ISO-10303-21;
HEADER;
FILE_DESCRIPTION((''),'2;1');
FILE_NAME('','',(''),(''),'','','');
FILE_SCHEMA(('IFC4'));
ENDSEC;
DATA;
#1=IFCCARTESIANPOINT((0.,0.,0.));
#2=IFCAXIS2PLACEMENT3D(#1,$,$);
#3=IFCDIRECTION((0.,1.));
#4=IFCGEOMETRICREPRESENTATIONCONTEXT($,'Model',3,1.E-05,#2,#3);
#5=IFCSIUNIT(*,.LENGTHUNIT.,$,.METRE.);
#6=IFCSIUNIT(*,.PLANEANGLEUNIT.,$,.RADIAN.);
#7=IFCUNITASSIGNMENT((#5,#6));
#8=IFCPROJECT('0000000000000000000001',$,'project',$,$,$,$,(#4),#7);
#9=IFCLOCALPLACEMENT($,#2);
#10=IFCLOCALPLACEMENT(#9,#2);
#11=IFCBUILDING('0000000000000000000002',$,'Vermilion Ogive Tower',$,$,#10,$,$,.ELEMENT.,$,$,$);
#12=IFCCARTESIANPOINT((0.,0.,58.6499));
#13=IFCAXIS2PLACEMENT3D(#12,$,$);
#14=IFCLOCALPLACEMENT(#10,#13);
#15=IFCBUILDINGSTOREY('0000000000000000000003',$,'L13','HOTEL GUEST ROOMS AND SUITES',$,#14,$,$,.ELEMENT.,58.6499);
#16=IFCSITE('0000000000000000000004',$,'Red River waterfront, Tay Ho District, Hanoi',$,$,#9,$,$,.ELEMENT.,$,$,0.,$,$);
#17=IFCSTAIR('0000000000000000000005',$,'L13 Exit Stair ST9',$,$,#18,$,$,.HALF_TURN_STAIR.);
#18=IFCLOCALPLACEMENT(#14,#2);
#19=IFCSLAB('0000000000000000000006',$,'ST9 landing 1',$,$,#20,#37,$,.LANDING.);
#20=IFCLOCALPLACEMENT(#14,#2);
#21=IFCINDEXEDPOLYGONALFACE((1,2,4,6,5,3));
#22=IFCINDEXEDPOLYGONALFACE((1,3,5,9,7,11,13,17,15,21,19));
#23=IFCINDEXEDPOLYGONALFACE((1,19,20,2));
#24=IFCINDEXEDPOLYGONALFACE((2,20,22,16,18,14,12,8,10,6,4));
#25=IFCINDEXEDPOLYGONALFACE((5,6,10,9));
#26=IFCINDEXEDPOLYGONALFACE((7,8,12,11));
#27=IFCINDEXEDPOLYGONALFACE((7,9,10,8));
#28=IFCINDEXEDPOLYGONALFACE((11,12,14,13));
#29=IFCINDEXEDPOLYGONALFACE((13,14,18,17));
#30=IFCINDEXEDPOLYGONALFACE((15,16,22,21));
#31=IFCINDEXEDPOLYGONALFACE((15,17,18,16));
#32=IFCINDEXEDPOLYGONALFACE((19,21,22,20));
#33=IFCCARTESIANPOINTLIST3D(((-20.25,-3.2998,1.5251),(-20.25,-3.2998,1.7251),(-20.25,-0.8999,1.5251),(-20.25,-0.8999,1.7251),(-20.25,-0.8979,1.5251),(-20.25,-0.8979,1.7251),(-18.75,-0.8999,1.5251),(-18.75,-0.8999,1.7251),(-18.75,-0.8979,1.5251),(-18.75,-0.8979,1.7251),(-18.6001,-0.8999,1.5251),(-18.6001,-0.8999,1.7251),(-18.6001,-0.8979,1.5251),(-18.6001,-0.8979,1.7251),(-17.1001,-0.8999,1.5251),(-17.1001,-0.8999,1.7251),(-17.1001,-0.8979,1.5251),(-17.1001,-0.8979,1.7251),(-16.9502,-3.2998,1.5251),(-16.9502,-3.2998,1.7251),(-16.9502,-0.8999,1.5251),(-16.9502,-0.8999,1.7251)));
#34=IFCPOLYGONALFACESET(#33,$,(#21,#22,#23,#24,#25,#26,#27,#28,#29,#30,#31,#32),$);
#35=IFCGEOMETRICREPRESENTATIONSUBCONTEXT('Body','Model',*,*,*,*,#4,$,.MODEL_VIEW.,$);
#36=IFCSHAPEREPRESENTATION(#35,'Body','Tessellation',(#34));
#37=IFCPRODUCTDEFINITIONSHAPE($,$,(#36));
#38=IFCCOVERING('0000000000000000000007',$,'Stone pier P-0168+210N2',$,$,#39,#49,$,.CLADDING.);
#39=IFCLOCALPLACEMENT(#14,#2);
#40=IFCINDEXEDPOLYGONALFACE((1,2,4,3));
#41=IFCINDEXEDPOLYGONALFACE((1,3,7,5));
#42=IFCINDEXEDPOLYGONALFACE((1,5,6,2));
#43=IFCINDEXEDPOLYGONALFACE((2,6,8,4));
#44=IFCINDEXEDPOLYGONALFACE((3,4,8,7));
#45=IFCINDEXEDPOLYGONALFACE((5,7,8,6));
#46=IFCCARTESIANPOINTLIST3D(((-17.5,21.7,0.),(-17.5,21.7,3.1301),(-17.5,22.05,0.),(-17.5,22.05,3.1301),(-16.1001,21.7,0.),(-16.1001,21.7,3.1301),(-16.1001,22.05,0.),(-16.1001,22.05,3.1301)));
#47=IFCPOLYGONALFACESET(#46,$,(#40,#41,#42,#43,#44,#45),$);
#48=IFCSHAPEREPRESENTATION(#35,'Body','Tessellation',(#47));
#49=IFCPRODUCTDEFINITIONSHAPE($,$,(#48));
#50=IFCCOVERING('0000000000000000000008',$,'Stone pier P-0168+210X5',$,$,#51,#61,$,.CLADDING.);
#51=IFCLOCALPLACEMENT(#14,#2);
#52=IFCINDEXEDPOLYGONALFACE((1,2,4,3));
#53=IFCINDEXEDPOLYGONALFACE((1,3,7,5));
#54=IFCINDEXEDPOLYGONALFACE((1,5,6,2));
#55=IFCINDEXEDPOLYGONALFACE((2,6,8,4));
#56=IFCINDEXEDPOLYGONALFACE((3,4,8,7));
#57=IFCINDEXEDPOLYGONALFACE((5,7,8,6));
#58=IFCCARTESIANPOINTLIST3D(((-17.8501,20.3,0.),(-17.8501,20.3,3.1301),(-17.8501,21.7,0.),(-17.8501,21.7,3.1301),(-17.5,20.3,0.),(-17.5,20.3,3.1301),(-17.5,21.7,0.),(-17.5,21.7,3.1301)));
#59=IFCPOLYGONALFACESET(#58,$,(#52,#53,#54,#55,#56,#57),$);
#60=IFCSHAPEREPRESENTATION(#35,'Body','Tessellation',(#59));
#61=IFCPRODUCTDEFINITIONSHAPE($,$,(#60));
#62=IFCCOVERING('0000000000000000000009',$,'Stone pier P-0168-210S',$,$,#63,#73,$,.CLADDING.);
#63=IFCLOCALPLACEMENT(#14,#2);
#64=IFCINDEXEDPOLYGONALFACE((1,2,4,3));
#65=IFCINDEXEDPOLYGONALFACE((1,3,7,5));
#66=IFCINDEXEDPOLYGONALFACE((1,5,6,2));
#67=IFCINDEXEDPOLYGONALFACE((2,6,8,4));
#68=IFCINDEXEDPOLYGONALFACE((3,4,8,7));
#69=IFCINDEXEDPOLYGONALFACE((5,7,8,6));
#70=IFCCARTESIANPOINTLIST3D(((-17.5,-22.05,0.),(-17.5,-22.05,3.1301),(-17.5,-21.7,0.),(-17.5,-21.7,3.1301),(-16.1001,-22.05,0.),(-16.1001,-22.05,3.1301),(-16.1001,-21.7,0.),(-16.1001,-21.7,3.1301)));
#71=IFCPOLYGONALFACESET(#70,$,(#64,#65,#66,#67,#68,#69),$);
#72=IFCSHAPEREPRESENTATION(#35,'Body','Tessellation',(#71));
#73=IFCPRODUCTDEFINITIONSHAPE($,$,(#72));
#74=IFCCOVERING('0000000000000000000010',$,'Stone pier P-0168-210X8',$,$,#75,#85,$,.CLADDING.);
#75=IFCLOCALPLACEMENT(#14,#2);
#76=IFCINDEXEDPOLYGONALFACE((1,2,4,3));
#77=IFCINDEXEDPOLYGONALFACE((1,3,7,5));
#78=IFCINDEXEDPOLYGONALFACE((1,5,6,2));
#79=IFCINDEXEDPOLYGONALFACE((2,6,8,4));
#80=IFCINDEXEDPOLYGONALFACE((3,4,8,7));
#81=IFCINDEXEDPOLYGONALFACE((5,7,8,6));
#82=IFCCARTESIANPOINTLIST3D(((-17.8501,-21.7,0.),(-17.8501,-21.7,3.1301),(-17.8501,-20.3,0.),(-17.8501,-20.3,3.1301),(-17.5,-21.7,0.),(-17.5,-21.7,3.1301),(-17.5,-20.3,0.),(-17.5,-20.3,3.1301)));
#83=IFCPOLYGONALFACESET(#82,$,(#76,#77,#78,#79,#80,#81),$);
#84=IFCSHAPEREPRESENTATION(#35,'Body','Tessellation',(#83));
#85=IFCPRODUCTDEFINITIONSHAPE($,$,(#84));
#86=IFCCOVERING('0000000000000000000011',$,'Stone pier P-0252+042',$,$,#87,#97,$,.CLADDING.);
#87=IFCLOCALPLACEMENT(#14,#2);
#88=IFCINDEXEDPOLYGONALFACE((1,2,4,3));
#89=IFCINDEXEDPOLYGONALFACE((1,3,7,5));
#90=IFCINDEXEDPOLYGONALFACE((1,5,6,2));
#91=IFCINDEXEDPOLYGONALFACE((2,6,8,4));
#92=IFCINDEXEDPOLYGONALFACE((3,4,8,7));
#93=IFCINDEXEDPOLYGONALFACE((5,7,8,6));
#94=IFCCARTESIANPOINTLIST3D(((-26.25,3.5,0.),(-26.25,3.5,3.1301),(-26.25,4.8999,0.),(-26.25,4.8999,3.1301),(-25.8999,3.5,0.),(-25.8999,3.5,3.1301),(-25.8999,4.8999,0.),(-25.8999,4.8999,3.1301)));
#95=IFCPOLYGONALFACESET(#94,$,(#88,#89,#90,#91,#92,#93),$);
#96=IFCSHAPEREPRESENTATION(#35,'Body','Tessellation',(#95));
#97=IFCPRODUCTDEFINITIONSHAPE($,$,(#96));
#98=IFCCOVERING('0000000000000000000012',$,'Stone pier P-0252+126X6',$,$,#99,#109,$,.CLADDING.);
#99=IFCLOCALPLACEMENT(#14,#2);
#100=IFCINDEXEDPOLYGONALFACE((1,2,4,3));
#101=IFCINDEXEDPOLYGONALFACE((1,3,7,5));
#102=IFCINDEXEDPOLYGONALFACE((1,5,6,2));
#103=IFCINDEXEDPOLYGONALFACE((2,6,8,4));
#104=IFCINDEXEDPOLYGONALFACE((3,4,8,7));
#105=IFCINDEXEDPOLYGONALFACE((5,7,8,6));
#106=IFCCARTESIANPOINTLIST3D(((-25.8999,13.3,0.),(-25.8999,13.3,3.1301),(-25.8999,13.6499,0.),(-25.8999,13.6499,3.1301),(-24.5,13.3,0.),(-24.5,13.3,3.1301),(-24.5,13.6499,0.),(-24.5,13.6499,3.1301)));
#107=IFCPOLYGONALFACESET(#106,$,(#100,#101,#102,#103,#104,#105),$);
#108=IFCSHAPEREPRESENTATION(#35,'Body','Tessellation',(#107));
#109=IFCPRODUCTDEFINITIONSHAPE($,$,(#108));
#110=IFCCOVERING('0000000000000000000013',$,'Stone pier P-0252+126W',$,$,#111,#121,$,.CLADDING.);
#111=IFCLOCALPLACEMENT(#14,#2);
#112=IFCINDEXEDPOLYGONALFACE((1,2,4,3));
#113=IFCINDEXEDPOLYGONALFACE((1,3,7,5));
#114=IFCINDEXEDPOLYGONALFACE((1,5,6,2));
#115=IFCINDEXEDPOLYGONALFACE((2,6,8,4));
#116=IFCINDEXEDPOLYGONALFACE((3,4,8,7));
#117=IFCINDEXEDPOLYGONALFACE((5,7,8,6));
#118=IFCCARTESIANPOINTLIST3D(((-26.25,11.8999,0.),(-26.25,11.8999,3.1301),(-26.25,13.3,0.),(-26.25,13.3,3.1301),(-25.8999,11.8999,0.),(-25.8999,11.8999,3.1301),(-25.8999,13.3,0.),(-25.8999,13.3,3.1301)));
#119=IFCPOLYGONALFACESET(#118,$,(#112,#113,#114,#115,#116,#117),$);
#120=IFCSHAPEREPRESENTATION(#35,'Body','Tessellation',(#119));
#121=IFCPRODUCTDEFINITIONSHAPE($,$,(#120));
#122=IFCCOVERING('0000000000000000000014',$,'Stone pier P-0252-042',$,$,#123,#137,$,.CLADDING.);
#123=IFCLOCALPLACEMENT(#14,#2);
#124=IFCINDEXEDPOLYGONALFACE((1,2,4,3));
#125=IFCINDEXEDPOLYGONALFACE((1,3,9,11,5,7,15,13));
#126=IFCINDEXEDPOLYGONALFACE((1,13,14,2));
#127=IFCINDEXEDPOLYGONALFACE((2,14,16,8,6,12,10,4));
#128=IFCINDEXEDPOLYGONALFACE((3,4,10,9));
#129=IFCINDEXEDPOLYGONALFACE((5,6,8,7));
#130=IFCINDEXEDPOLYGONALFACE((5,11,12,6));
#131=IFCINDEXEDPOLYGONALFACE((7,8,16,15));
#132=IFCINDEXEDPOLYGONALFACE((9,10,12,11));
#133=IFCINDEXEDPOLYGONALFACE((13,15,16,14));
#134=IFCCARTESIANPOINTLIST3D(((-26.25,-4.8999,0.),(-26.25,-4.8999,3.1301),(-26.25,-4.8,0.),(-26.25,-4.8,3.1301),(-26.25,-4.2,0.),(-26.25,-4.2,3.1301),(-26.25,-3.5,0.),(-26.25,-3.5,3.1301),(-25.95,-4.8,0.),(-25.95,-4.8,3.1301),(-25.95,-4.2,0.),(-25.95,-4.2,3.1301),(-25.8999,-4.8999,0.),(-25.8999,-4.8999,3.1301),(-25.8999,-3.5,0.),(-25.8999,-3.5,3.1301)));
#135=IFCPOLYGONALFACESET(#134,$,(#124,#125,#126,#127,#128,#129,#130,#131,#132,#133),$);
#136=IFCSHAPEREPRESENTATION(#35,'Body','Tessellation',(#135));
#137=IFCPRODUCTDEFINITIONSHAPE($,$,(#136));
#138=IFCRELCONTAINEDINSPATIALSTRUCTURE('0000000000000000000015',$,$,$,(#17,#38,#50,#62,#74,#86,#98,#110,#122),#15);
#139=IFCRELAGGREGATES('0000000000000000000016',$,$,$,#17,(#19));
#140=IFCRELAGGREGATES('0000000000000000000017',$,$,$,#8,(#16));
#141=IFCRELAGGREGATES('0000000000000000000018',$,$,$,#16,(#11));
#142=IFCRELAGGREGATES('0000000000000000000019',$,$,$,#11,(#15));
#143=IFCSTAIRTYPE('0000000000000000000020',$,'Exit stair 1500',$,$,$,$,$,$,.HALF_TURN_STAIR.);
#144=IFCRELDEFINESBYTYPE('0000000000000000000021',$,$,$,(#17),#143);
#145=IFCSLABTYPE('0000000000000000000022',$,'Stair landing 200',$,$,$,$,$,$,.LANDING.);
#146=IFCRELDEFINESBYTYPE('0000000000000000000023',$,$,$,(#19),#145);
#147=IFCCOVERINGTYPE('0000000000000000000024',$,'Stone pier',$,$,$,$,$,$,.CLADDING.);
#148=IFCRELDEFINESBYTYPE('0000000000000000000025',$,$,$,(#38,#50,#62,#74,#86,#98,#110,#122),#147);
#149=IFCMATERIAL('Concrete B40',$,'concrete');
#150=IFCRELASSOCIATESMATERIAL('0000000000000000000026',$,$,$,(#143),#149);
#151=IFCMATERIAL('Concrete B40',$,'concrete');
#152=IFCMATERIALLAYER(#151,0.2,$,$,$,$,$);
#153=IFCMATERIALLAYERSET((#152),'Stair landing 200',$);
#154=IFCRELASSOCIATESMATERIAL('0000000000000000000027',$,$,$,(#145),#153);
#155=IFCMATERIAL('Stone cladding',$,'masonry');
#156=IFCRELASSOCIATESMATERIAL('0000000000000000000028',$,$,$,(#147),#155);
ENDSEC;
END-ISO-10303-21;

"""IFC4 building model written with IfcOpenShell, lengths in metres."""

from ifc_helpers import new_model, si_unit, direction, frame, origin, place, context, subcontext, project, spatial, polyline, outline, extrude, material, layer, layer_set, type_object, element, aggregate, save


model = new_model("IFC4")

# Units and contexts
model_context = context("Model", 3, precision=1e-05, world=origin(), true_north=direction((0.0, 1.0)))
body_context = subcontext(model_context, "Body", "Model", "MODEL_VIEW")
ifc_project = project(units=[si_unit("LENGTHUNIT", "METRE"), si_unit("PLANEANGLEUNIT", "RADIAN")], contexts=[model_context])

# Site, building, storey
site_placement = place(None, origin())
site = spatial("IfcSite", under=ifc_project, at=site_placement, Name="Red River waterfront, Tay Ho District, Hanoi", CompositionType="ELEMENT", RefElevation=0.0)
building_placement = place(site_placement, origin())
building = spatial("IfcBuilding", under=site, at=building_placement, Name="Vermilion Ogive Tower", CompositionType="ELEMENT")
storey_placement = place(building_placement, frame((0.0, 0.0, 58.6499)))
storey = spatial("IfcBuildingStorey", under=building, at=storey_placement, Name="L13", Description="HOTEL GUEST ROOMS AND SUITES", CompositionType="ELEMENT", Elevation=58.6499)

# Stair, slab
ifc_material_1 = material(Name="Concrete B40", Category="concrete")
stair_type = type_object("IfcStairType", Name="Exit stair 1500", PredefinedType="HALF_TURN_STAIR", material=ifc_material_1)
ifc_material_2 = material(Name="Concrete B40", Category="concrete")
ifc_layer_1 = layer(ifc_material_2, 0.2)
ifc_layer_set_1 = layer_set([ifc_layer_1], Name="Stair landing 200")
slab_type_1 = type_object("IfcSlabType", Name="Stair landing 200", PredefinedType="LANDING", material=ifc_layer_set_1)
stair_1_placement = place(storey_placement, origin())
stair_1 = element("IfcStair", 1, at=stair_1_placement, inside=storey, type_object=stair_type, Name="L13 Exit Stair ST9", PredefinedType="HALF_TURN_STAIR")
slab_1_placement = place(storey_placement, frame((0.0, 0.0, 1.5251)))
slab_1 = element("IfcSlab", 2, at=slab_1_placement, type_object=slab_type_1, Name="ST9 landing 1", PredefinedType="LANDING", context=body_context, shape_type="SweptSolid", body=[
    extrude(outline(polyline([(-16.9502, -0.8999), (-17.1001, -0.8999), (-17.1001, -0.8979), (-18.6001, -0.8979), (-18.6001, -0.8999), (-18.75, -0.8999), (-18.75, -0.8979), (-20.25, -0.8979), (-20.25, -0.8999), (-20.25, -0.8999), (-20.25, -3.2998), (-16.9502, -3.2998), (-16.9502, -0.8999)])), origin(), (0.0, 0.0, 1.0), 0.2),
])
aggregate(stair_1, [slab_1])

# Coverings
ifc_material_3 = material(Name="Stone cladding", Category="masonry")
covering_type = type_object("IfcCoveringType", Name="Stone pier", PredefinedType="CLADDING", material=ifc_material_3)
covering_1_placement = place(storey_placement, origin())
element("IfcCovering", 3, at=covering_1_placement, inside=storey, type_object=covering_type, Name="Stone pier P-0168+210N2", PredefinedType="CLADDING", context=body_context, shape_type="SweptSolid", body=[
    extrude(outline(polyline([(-17.5, 21.7), (-17.5, 22.05), (-16.1001, 22.05), (-16.1001, 21.7), (-17.5, 21.7), (-17.5, 21.7)])), origin(), (0.0, 0.0, 1.0), 3.1301),
])
covering_2_placement = place(storey_placement, origin())
element("IfcCovering", 4, at=covering_2_placement, inside=storey, type_object=covering_type, Name="Stone pier P-0168+210X5", PredefinedType="CLADDING", context=body_context, shape_type="SweptSolid", body=[
    extrude(outline(polyline([(-17.8501, 21.7), (-17.5, 21.7), (-17.5, 21.7), (-17.5, 20.3), (-17.8501, 20.3), (-17.8501, 21.7)])), origin(), (0.0, 0.0, 1.0), 3.1301),
])
covering_3_placement = place(storey_placement, origin())
element("IfcCovering", 5, at=covering_3_placement, inside=storey, type_object=covering_type, Name="Stone pier P-0168-210S", PredefinedType="CLADDING", context=body_context, shape_type="SweptSolid", body=[
    extrude(outline(polyline([(-16.1001, -22.05), (-17.5, -22.05), (-17.5, -21.7), (-16.1001, -21.7), (-16.1001, -22.05)])), origin(), (0.0, 0.0, 1.0), 3.1301),
])
covering_4_placement = place(storey_placement, origin())
element("IfcCovering", 6, at=covering_4_placement, inside=storey, type_object=covering_type, Name="Stone pier P-0168-210X8", PredefinedType="CLADDING", context=body_context, shape_type="SweptSolid", body=[
    extrude(outline(polyline([(-17.8501, -20.3), (-17.5, -20.3), (-17.5, -21.7), (-17.8501, -21.7), (-17.8501, -20.3)])), origin(), (0.0, 0.0, 1.0), 3.1301),
])
covering_5_placement = place(storey_placement, origin())
element("IfcCovering", 7, at=covering_5_placement, inside=storey, type_object=covering_type, Name="Stone pier P-0252+042", PredefinedType="CLADDING", context=body_context, shape_type="SweptSolid", body=[
    extrude(outline(polyline([(-26.25, 3.5), (-26.25, 4.8999), (-25.8999, 4.8999), (-25.8999, 3.5), (-26.25, 3.5)])), origin(), (0.0, 0.0, 1.0), 3.1301),
])
covering_6_placement = place(storey_placement, origin())
element("IfcCovering", 8, at=covering_6_placement, inside=storey, type_object=covering_type, Name="Stone pier P-0252+126X6", PredefinedType="CLADDING", context=body_context, shape_type="SweptSolid", body=[
    extrude(outline(polyline([(-25.8999, 13.3), (-25.8999, 13.6499), (-24.5, 13.6499), (-24.5, 13.3), (-24.5, 13.3), (-25.8999, 13.3)])), origin(), (0.0, 0.0, 1.0), 3.1301),
])
covering_7_placement = place(storey_placement, origin())
element("IfcCovering", 9, at=covering_7_placement, inside=storey, type_object=covering_type, Name="Stone pier P-0252+126W", PredefinedType="CLADDING", context=body_context, shape_type="SweptSolid", body=[
    extrude(outline(polyline([(-26.25, 13.3), (-25.8999, 13.3), (-25.8999, 11.8999), (-26.25, 11.8999), (-26.25, 13.3)])), origin(), (0.0, 0.0, 1.0), 3.1301),
])
covering_8_placement = place(storey_placement, origin())
element("IfcCovering", 10, at=covering_8_placement, inside=storey, type_object=covering_type, Name="Stone pier P-0252-042", PredefinedType="CLADDING", context=body_context, shape_type="SweptSolid", body=[
    extrude(outline(polyline([(-26.25, -4.8999), (-26.25, -4.8), (-25.95, -4.8), (-25.95, -4.2), (-26.25, -4.2), (-26.25, -3.5), (-25.8999, -3.5), (-25.8999, -4.8999), (-26.25, -4.8999)])), origin(), (0.0, 0.0, 1.0), 3.1301),
])

save(model, "model.ifc")
